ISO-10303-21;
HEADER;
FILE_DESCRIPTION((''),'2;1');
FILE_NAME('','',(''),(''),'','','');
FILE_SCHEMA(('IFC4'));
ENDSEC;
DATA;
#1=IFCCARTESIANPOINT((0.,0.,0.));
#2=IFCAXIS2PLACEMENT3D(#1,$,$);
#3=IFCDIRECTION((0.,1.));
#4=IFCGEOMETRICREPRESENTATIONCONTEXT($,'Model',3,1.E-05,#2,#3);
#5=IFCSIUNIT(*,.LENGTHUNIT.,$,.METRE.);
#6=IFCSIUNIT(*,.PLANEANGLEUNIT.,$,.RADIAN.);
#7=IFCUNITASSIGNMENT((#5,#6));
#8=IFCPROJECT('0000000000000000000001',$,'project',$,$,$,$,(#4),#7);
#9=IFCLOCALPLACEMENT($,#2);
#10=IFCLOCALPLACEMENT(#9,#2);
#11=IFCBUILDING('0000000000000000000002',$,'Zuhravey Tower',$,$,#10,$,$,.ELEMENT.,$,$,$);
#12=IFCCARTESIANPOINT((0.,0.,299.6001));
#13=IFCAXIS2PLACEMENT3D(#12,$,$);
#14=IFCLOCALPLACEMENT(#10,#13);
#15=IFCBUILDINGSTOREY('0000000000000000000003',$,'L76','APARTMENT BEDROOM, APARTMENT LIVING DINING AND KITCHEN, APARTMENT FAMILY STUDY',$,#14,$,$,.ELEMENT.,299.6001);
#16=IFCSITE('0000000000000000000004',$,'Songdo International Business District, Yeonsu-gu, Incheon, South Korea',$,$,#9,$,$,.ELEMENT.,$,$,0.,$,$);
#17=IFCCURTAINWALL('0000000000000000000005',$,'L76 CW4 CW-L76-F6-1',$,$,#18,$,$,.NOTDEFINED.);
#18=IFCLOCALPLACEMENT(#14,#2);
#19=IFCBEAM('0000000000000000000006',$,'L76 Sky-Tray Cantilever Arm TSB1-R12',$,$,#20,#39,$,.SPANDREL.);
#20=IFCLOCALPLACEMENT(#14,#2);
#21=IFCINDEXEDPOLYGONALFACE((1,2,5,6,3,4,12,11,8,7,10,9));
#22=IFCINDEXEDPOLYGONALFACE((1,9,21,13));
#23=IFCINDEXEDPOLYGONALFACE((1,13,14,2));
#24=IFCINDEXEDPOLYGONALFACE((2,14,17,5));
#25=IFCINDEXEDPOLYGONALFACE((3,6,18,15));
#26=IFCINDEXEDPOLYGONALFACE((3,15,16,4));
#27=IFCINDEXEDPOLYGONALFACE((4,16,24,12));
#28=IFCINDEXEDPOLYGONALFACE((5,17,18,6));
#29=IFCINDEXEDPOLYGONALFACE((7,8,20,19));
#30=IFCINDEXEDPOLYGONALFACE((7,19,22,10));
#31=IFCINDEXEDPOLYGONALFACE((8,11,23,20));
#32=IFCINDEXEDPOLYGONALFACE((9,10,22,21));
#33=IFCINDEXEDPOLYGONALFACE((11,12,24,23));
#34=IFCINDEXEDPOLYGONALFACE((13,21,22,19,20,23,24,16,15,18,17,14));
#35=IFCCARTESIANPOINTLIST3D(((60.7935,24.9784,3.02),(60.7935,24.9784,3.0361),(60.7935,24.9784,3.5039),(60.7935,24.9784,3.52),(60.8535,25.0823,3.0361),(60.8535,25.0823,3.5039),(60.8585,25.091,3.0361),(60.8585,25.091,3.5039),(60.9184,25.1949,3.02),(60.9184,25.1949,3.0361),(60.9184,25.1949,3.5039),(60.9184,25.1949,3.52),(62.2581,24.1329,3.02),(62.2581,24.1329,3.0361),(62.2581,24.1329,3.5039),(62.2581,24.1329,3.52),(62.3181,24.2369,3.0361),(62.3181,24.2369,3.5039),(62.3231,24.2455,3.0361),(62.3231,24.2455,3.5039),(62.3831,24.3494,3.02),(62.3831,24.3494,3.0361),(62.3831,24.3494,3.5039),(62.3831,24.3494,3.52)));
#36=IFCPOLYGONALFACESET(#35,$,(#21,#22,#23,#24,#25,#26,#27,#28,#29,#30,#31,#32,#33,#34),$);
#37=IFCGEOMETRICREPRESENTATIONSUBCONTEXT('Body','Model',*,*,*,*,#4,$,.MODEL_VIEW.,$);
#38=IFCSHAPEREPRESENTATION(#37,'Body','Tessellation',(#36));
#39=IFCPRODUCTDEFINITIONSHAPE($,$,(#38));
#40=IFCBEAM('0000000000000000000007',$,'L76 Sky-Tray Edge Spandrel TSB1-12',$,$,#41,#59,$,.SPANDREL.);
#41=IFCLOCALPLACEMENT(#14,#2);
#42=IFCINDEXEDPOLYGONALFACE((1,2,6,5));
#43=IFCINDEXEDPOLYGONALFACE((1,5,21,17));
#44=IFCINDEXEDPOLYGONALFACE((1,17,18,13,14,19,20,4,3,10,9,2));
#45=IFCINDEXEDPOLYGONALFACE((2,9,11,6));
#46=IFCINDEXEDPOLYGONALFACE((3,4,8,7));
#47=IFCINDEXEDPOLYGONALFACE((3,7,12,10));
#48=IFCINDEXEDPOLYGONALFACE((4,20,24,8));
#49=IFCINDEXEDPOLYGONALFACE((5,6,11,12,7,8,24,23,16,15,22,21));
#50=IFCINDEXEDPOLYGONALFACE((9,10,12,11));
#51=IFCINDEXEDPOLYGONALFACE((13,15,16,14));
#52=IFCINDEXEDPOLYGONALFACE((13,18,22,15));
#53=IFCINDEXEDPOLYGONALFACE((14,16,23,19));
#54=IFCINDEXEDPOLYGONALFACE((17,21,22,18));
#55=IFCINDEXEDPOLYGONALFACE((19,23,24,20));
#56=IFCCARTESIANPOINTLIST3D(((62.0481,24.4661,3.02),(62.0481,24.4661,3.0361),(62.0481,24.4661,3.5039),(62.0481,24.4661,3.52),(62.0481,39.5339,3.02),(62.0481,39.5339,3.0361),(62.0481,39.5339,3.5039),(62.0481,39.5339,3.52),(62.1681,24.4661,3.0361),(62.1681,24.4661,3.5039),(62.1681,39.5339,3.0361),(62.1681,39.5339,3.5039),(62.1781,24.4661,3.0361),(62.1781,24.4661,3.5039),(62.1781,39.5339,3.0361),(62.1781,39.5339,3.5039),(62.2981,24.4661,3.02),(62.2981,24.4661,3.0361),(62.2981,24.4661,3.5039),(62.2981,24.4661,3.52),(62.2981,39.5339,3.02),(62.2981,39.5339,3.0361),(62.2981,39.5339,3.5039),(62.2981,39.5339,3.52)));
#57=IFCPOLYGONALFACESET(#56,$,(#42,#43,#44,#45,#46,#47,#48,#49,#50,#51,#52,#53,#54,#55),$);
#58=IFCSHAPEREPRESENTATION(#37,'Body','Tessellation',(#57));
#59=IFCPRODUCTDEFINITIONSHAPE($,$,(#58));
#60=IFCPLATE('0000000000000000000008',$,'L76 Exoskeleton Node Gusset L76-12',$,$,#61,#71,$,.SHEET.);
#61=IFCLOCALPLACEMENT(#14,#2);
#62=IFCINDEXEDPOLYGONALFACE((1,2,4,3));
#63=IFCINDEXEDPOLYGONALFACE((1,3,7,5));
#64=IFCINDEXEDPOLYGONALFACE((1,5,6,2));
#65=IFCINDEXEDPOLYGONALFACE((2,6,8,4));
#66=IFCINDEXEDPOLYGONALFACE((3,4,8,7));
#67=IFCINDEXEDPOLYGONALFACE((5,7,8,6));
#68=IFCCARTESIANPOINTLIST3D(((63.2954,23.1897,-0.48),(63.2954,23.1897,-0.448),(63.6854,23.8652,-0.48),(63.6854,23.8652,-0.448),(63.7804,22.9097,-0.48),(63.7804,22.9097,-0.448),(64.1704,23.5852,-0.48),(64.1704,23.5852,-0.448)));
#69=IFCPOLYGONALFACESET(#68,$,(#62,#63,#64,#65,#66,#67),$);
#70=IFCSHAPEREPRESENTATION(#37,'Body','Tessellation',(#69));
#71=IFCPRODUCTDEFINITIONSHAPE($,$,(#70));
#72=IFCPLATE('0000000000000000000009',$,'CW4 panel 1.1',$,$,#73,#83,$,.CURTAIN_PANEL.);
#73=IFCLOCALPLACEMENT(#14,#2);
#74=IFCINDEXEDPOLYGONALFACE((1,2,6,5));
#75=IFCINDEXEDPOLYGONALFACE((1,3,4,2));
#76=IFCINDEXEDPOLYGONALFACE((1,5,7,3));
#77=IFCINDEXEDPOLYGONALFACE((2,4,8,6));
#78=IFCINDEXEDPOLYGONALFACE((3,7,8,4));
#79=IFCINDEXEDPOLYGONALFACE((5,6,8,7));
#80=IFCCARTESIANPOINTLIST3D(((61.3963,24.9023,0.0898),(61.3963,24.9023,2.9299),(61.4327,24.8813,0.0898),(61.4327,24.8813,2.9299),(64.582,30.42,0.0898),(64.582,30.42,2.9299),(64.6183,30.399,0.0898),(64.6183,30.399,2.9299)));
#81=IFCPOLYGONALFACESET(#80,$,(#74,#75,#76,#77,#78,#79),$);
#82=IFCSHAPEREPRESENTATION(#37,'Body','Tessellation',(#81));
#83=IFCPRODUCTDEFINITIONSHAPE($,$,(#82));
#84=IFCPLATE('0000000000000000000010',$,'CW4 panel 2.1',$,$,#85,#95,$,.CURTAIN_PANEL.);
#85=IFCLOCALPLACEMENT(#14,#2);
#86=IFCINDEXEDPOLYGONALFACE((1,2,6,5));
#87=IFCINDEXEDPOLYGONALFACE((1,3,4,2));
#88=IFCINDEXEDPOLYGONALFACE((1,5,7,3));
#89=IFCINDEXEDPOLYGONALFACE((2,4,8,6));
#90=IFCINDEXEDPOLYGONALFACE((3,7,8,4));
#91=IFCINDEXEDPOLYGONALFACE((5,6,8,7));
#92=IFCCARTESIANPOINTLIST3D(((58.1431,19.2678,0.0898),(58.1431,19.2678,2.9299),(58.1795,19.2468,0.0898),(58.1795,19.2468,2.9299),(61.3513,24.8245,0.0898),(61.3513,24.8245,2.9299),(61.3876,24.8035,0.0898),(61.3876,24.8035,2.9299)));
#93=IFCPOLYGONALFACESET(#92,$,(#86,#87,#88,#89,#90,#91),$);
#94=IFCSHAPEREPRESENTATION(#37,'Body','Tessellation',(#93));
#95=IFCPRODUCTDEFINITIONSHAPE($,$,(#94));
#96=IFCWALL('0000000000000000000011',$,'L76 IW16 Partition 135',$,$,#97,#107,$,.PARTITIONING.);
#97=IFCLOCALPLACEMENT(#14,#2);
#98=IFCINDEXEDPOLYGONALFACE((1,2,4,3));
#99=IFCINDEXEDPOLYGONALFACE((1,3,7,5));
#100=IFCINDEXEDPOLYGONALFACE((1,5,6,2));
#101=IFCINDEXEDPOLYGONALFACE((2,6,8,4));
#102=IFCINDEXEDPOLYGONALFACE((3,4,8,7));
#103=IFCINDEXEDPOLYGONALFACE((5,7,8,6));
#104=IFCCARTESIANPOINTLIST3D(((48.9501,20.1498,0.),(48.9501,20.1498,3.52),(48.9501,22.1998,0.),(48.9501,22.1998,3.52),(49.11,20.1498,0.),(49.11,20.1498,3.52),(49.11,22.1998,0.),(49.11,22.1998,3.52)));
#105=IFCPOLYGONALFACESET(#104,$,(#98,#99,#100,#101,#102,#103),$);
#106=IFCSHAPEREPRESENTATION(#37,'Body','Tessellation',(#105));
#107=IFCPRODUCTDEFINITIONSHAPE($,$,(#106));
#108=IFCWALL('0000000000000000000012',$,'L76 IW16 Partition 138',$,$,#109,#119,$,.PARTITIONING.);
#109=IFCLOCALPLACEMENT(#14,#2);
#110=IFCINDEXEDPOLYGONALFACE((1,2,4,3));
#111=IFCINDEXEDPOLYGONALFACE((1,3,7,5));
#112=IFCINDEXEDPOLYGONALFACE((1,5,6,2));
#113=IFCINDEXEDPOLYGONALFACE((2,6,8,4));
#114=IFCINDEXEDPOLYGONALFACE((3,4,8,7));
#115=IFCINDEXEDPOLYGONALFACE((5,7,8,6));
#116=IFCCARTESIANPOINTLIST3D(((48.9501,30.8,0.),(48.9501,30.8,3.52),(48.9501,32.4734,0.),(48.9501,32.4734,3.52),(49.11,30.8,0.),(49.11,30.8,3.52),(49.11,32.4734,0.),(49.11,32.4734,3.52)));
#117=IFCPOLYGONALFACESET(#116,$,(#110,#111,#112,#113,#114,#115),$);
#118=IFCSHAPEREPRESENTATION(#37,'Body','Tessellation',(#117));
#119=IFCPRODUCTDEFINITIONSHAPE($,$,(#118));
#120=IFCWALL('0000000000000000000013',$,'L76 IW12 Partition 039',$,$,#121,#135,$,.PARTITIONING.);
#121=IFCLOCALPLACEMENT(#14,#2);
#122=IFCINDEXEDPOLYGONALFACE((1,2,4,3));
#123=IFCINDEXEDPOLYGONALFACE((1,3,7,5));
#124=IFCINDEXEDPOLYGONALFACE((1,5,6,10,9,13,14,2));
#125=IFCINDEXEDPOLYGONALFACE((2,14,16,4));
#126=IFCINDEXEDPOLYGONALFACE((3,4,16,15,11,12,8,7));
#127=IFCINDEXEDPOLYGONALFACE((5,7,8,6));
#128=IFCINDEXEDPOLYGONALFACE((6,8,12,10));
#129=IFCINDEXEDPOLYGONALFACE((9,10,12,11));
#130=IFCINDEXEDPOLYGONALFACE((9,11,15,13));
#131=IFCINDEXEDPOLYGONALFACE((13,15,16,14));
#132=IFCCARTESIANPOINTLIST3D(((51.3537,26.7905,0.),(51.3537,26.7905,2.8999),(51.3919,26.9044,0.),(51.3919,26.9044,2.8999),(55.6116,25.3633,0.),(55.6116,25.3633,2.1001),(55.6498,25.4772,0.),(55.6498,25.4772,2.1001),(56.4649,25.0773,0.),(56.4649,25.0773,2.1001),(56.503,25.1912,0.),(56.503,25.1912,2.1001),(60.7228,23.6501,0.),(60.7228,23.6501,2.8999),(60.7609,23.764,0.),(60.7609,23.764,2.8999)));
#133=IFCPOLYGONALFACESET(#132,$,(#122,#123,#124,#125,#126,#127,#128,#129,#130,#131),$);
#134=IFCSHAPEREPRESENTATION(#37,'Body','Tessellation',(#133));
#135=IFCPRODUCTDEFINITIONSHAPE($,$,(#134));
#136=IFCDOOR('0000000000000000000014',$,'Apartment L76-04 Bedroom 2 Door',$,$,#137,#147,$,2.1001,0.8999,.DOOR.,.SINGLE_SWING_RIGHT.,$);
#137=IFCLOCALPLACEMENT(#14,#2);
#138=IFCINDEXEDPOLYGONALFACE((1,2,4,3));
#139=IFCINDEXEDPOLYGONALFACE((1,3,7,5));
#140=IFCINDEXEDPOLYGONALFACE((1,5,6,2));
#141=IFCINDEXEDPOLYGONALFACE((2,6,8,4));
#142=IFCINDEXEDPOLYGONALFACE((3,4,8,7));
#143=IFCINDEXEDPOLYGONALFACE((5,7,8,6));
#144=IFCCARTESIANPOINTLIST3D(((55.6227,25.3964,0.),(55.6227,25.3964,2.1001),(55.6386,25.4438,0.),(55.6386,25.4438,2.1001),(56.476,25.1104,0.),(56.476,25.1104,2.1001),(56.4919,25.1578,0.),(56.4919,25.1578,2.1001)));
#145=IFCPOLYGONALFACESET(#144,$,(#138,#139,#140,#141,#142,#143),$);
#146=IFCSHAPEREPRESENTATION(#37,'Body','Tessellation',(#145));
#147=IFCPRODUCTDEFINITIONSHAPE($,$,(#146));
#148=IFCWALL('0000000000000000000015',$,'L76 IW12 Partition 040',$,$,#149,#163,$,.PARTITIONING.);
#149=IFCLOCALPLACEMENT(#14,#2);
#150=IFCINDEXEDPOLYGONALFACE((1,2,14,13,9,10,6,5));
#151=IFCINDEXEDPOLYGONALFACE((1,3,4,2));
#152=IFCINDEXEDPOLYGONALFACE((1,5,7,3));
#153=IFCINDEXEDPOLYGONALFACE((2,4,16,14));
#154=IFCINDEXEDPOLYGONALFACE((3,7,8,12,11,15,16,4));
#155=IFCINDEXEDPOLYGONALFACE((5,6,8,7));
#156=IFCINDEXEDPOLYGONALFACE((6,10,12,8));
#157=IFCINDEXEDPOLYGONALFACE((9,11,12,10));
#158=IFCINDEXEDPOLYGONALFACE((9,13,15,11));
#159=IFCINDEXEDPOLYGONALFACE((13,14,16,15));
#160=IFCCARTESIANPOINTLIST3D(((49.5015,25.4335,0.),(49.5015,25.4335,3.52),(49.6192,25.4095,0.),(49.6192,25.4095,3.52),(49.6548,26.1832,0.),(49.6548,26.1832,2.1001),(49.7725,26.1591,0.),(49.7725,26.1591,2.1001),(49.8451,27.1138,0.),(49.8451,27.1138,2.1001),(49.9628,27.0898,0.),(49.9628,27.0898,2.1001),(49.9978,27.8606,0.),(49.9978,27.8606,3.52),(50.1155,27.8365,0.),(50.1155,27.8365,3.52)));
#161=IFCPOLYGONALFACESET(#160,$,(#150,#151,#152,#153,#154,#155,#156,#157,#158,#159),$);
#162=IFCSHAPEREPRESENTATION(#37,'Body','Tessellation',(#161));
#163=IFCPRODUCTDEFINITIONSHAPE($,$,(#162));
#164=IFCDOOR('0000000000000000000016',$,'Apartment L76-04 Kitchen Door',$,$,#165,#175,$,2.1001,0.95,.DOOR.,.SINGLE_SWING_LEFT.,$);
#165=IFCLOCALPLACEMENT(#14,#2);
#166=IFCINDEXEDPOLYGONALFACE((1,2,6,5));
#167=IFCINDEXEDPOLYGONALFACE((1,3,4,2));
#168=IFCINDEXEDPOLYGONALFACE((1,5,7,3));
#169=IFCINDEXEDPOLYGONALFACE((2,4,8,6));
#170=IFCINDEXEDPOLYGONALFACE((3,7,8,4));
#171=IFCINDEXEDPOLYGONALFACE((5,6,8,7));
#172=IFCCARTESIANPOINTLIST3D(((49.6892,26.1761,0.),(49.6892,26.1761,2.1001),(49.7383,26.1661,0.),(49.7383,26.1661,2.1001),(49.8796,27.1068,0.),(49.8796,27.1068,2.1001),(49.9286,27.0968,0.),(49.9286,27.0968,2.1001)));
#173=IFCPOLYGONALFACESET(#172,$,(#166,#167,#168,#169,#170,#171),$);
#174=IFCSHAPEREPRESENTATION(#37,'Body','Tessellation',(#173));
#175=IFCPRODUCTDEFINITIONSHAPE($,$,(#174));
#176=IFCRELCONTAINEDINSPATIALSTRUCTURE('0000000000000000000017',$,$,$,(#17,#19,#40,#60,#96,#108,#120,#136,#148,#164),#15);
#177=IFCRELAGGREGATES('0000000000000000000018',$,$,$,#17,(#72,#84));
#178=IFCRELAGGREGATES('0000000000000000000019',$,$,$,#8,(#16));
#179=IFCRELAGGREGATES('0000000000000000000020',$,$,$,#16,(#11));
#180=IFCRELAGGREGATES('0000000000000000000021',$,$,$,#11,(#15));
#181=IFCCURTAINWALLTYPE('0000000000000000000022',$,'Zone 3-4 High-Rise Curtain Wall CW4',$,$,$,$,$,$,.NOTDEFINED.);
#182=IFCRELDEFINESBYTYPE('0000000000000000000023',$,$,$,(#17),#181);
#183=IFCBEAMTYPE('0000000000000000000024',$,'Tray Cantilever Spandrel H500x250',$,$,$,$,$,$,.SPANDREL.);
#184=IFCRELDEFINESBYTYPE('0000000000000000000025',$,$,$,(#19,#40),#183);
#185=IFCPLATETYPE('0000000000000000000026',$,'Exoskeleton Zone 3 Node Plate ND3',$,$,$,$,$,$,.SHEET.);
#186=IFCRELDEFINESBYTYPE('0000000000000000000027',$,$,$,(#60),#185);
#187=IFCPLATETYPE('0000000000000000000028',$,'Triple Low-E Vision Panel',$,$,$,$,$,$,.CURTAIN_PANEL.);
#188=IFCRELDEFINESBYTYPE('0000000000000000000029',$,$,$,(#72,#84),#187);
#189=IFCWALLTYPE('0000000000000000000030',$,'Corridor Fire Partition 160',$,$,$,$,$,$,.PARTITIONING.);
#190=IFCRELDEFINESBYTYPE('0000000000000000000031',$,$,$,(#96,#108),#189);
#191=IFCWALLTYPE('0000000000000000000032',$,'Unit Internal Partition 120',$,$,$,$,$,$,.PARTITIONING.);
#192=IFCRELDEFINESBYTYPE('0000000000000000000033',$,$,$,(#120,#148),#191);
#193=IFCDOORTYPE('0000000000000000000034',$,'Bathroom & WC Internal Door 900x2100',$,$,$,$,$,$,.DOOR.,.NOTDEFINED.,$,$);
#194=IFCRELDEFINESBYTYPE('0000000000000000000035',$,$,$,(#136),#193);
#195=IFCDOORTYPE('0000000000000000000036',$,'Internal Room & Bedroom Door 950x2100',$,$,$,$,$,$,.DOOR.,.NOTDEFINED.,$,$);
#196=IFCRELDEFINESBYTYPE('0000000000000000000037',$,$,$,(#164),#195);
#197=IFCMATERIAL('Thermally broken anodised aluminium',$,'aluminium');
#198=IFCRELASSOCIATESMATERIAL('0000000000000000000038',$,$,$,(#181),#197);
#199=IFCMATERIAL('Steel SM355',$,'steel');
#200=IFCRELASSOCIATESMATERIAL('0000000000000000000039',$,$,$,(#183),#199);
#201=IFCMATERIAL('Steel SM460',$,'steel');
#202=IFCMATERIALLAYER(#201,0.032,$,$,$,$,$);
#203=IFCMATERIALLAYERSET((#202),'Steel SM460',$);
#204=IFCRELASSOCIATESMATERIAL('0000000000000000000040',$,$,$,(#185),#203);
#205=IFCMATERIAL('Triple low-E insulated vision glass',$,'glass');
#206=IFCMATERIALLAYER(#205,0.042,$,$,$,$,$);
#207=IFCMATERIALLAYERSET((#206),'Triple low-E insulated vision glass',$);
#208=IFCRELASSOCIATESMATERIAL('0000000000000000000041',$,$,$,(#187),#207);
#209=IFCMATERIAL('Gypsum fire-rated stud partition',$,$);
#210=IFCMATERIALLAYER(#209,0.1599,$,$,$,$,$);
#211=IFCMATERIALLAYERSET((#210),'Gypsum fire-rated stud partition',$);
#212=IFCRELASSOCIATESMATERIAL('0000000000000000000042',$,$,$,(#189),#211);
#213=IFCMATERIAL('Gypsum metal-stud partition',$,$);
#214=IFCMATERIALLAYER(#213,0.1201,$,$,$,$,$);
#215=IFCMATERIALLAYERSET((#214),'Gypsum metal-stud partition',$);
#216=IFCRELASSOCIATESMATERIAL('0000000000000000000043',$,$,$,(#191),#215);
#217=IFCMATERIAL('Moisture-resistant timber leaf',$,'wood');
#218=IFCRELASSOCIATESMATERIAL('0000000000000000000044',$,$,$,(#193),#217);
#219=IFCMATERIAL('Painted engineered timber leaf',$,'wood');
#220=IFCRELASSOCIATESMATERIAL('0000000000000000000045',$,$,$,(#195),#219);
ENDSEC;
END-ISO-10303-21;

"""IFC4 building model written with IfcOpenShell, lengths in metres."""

from ifc_helpers import new_model, si_unit, direction, frame, frame_2d, origin, origin_2d, place, context, subcontext, project, spatial, rectangle, i_section, extrude, material, layer, layer_set, material_profile, profile_set, type_object, element, fill, aggregate, save


model = new_model("IFC4")

# Units and contexts
model_context = context("Model", 3, precision=1e-05, world=origin(), true_north=direction((0.0, 1.0)))
body_context = subcontext(model_context, "Body", "Model", "MODEL_VIEW")
ifc_project = project(units=[si_unit("LENGTHUNIT", "METRE"), si_unit("PLANEANGLEUNIT", "RADIAN")], contexts=[model_context])

# Site, building, storey
site_placement = place(None, origin())
site = spatial("IfcSite", under=ifc_project, at=site_placement, Name="Songdo International Business District, Yeonsu-gu, Incheon, South Korea", CompositionType="ELEMENT", RefElevation=0.0)
building_placement = place(site_placement, origin())
building = spatial("IfcBuilding", under=site, at=building_placement, Name="Zuhravey Tower", CompositionType="ELEMENT")
storey_placement = place(building_placement, frame((0.0, 0.0, 299.6001)))
storey = spatial("IfcBuildingStorey", under=building, at=storey_placement, Name="L76", Description="APARTMENT BEDROOM, APARTMENT LIVING DINING AND KITCHEN, APARTMENT FAMILY STUDY", CompositionType="ELEMENT", Elevation=299.6001)

# Curtain wall
ifc_material_1 = material(Name="Thermally broken anodised aluminium", Category="aluminium")
curtain_wall_type = type_object("IfcCurtainWallType", Name="Zone 3-4 High-Rise Curtain Wall CW4", PredefinedType="NOTDEFINED", material=ifc_material_1)
curtain_wall_placement = place(storey_placement, origin())
curtain_wall = element("IfcCurtainWall", 1, at=curtain_wall_placement, inside=storey, type_object=curtain_wall_type, Name="L76 CW4 CW-L76-F6-1", PredefinedType="NOTDEFINED")

# Beams
ifc_material_2 = material(Name="Steel SM460", Category="steel")
ifc_material_3 = material(Name="Steel SM355", Category="steel")
ifc_material_profile_1 = material_profile(ifc_material_3, i_section(OverallWidth=0.25, OverallDepth=0.5, WebThickness=0.01, FlangeThickness=0.0161, at=origin_2d()), Name="H-500x250x10x16")
ifc_profile_set_1 = profile_set([ifc_material_profile_1], Name="Steel SM355")
beam_type_1 = type_object("IfcBeamType", Name="Tray Cantilever Spandrel H500x250", PredefinedType="SPANDREL", material=ifc_profile_set_1)
beam_1_placement = place(storey_placement, frame((60.856, 25.0867, 3.27), z_axis=(0.866058, -0.499943, 0.0), x_axis=(0.499943, 0.866058, 0.0)))
element("IfcBeam", 2, at=beam_1_placement, inside=storey, type_object=beam_type_1, Name="L76 Sky-Tray Cantilever Arm TSB1-R12", PredefinedType="SPANDREL", context=body_context, shape_type="SweptSolid", body=[
    extrude(i_section(OverallWidth=0.25, OverallDepth=0.5, WebThickness=0.01, FlangeThickness=0.0161, at=origin_2d()), origin(), (0.0, 0.0, 1.0), 1.6912),
])
beam_2_placement = place(storey_placement, frame((62.1731, 24.4661, 3.27), z_axis=(0.0, 1.0, 0.0), x_axis=(-1.0, 0.0, 0.0)))
element("IfcBeam", 3, at=beam_2_placement, inside=storey, type_object=beam_type_1, Name="L76 Sky-Tray Edge Spandrel TSB1-12", PredefinedType="SPANDREL", context=body_context, shape_type="SweptSolid", body=[
    extrude(i_section(OverallWidth=0.25, OverallDepth=0.5, WebThickness=0.01, FlangeThickness=0.0161, at=origin_2d()), origin(), (0.0, 0.0, 1.0), 15.0679),
])

# Plates
ifc_layer_1 = layer(ifc_material_2, 0.032)
ifc_layer_set_1 = layer_set([ifc_layer_1], Name="Steel SM460")
plate_type_1 = type_object("IfcPlateType", Name="Exoskeleton Zone 3 Node Plate ND3", PredefinedType="SHEET", material=ifc_layer_set_1)
plate_1_placement = place(storey_placement, frame((63.7329, 23.3875, -0.48), z_axis=(0.0, 0.0, 1.0), x_axis=(0.5, 0.866025, 0.0)))
element("IfcPlate", 4, at=plate_1_placement, inside=storey, type_object=plate_type_1, Name="L76 Exoskeleton Node Gusset L76-12", PredefinedType="SHEET", context=body_context, shape_type="SweptSolid", body=[
    extrude(rectangle(XDim=0.78, YDim=0.5601, at=origin_2d()), origin(), (0.0, 0.0, 1.0), 0.032),
])
ifc_material_4 = material(Name="Triple low-E insulated vision glass", Category="glass")
ifc_layer_2 = layer(ifc_material_4, 0.042)
ifc_layer_set_2 = layer_set([ifc_layer_2], Name="Triple low-E insulated vision glass")
plate_type_2 = type_object("IfcPlateType", Name="Triple Low-E Vision Panel", PredefinedType="CURTAIN_PANEL", material=ifc_layer_set_2)
plate_2_placement = place(storey_placement, frame((63.0073, 27.6506, 0.0898), z_axis=(0.0, 0.0, 1.0), x_axis=(-0.500001, -0.866025, 0.0)))
plate_2 = element("IfcPlate", 5, at=plate_2_placement, type_object=plate_type_2, Name="CW4 panel 1.1", PredefinedType="CURTAIN_PANEL", context=body_context, shape_type="SweptSolid", body=[
    extrude(rectangle(XDim=6.3713, YDim=0.042, at=origin_2d()), origin(), (0.0, 0.0, 1.0), 2.8401),
])
plate_3_placement = place(storey_placement, frame((59.7654, 22.0356, 0.0898), z_axis=(0.0, 0.0, 1.0), x_axis=(-0.500001, -0.866025, 0.0)))
plate_3 = element("IfcPlate", 6, at=plate_3_placement, type_object=plate_type_2, Name="CW4 panel 2.1", PredefinedType="CURTAIN_PANEL", context=body_context, shape_type="SweptSolid", body=[
    extrude(rectangle(XDim=6.4163, YDim=0.042, at=origin_2d()), origin(), (0.0, 0.0, 1.0), 2.8401),
])
aggregate(curtain_wall, [plate_2, plate_3])

# Walls
ifc_material_5 = material(Name="Gypsum fire-rated stud partition")
ifc_layer_3 = layer(ifc_material_5, 0.1599)
ifc_layer_set_3 = layer_set([ifc_layer_3], Name="Gypsum fire-rated stud partition")
wall_type_1 = type_object("IfcWallType", Name="Corridor Fire Partition 160", PredefinedType="PARTITIONING", material=ifc_layer_set_3)
wall_1_placement = place(storey_placement, frame((49.03, 20.1499, 0.0), z_axis=(0.0, 0.0, 1.0), x_axis=(0.0, 1.0, 0.0)))
element("IfcWall", 7, at=wall_1_placement, inside=storey, type_object=wall_type_1, Name="L76 IW16 Partition 135", PredefinedType="PARTITIONING", context=body_context, shape_type="SweptSolid", body=[
    extrude(rectangle(XDim=2.05, YDim=0.1599, at=frame_2d((1.0249, 0.0))), origin(), (0.0, 0.0, 1.0), 3.52),
])
wall_2_placement = place(storey_placement, frame((49.03, 30.8, 0.0), z_axis=(0.0, 0.0, 1.0), x_axis=(0.0, 1.0, 0.0)))
element("IfcWall", 8, at=wall_2_placement, inside=storey, type_object=wall_type_1, Name="L76 IW16 Partition 138", PredefinedType="PARTITIONING", context=body_context, shape_type="SweptSolid", body=[
    extrude(rectangle(XDim=1.6733, YDim=0.1599, at=frame_2d((0.8367, 0.0))), origin(), (0.0, 0.0, 1.0), 3.52),
])

# Walls, openings, doors
ifc_material_6 = material(Name="Gypsum metal-stud partition")
ifc_layer_4 = layer(ifc_material_6, 0.1201)
ifc_layer_set_4 = layer_set([ifc_layer_4], Name="Gypsum metal-stud partition")
wall_type_2 = type_object("IfcWallType", Name="Unit Internal Partition 120", PredefinedType="PARTITIONING", material=ifc_layer_set_4)
wall_3_placement = place(storey_placement, frame((51.3728, 26.8474, 0.0), z_axis=(0.0, 0.0, 1.0), x_axis=(0.948156, -0.317806, 0.0)))
wall_3 = element("IfcWall", 9, at=wall_3_placement, inside=storey, type_object=wall_type_2, Name="L76 IW12 Partition 039", PredefinedType="PARTITIONING", context=body_context, shape_type="SweptSolid", body=[
    extrude(rectangle(XDim=9.8813, YDim=0.1201, at=frame_2d((4.9407, 0.0))), origin(), (0.0, 0.0, 1.0), 2.8999),
])
opening_1_placement = place(wall_3_placement, frame((4.4907, 0.0, 0.0)))
opening_1 = element("IfcOpeningElement", 10, at=opening_1_placement, cuts=wall_3, PredefinedType="OPENING", context=body_context, shape_type="SweptSolid", body=[
    extrude(rectangle(XDim=0.8999, YDim=2.1001, at=frame_2d((0.45, 1.05))), frame((0.0, 0.072, 0.0), z_axis=(0.0, -1.0, 0.0), x_axis=(1.0, 0.0, 0.0)), (0.0, 0.0, 1.0), 0.144),
])
ifc_material_7 = material(Name="Moisture-resistant timber leaf", Category="wood")
door_type_1 = type_object("IfcDoorType", Name="Bathroom & WC Internal Door 900x2100", OperationType="NOTDEFINED", PredefinedType="DOOR", material=ifc_material_7)
door_1_placement = place(opening_1_placement, origin())
door_1 = element("IfcDoor", 11, at=door_1_placement, inside=storey, type_object=door_type_1, Name="Apartment L76-04 Bedroom 2 Door", OperationType="SINGLE_SWING_RIGHT", OverallHeight=2.1001, OverallWidth=0.8999, PredefinedType="DOOR", context=body_context, shape_type="SweptSolid", body=[
    extrude(rectangle(XDim=0.8999, YDim=2.1001, at=frame_2d((0.45, 1.05))), frame((0.0, 0.0249, 0.0), z_axis=(0.0, -1.0, 0.0), x_axis=(1.0, 0.0, 0.0)), (0.0, 0.0, 1.0), 0.05),
])
fill(opening_1, door_1)
wall_4_placement = place(storey_placement, frame((49.5603, 25.4214, 0.0), z_axis=(0.0, 0.0, 1.0), x_axis=(0.20036, 0.979722, 0.0)))
wall_4 = element("IfcWall", 12, at=wall_4_placement, inside=storey, type_object=wall_type_2, Name="L76 IW12 Partition 040", PredefinedType="PARTITIONING", context=body_context, shape_type="SweptSolid", body=[
    extrude(rectangle(XDim=2.4773, YDim=0.1201, at=frame_2d((1.2388, 0.0))), origin(), (0.0, 0.0, 1.0), 3.52),
])
opening_2_placement = place(wall_4_placement, frame((0.7651, 0.0, 0.0)))
opening_2 = element("IfcOpeningElement", 13, at=opening_2_placement, cuts=wall_4, PredefinedType="OPENING", context=body_context, shape_type="SweptSolid", body=[
    extrude(rectangle(XDim=0.95, YDim=2.1001, at=frame_2d((0.4751, 1.05))), frame((0.0, 0.072, 0.0), z_axis=(0.0, -1.0, 0.0), x_axis=(1.0, 0.0, 0.0)), (0.0, 0.0, 1.0), 0.144),
])
ifc_material_8 = material(Name="Painted engineered timber leaf", Category="wood")
door_type_2 = type_object("IfcDoorType", Name="Internal Room & Bedroom Door 950x2100", OperationType="NOTDEFINED", PredefinedType="DOOR", material=ifc_material_8)
door_2_placement = place(opening_2_placement, origin())
door_2 = element("IfcDoor", 14, at=door_2_placement, inside=storey, type_object=door_type_2, Name="Apartment L76-04 Kitchen Door", OperationType="SINGLE_SWING_LEFT", OverallHeight=2.1001, OverallWidth=0.95, PredefinedType="DOOR", context=body_context, shape_type="SweptSolid", body=[
    extrude(rectangle(XDim=0.95, YDim=2.1001, at=frame_2d((0.4751, 1.05))), frame((0.0, 0.0249, 0.0), z_axis=(0.0, -1.0, 0.0), x_axis=(1.0, 0.0, 0.0)), (0.0, 0.0, 1.0), 0.05),
])
fill(opening_2, door_2)

save(model, "model.ifc")
